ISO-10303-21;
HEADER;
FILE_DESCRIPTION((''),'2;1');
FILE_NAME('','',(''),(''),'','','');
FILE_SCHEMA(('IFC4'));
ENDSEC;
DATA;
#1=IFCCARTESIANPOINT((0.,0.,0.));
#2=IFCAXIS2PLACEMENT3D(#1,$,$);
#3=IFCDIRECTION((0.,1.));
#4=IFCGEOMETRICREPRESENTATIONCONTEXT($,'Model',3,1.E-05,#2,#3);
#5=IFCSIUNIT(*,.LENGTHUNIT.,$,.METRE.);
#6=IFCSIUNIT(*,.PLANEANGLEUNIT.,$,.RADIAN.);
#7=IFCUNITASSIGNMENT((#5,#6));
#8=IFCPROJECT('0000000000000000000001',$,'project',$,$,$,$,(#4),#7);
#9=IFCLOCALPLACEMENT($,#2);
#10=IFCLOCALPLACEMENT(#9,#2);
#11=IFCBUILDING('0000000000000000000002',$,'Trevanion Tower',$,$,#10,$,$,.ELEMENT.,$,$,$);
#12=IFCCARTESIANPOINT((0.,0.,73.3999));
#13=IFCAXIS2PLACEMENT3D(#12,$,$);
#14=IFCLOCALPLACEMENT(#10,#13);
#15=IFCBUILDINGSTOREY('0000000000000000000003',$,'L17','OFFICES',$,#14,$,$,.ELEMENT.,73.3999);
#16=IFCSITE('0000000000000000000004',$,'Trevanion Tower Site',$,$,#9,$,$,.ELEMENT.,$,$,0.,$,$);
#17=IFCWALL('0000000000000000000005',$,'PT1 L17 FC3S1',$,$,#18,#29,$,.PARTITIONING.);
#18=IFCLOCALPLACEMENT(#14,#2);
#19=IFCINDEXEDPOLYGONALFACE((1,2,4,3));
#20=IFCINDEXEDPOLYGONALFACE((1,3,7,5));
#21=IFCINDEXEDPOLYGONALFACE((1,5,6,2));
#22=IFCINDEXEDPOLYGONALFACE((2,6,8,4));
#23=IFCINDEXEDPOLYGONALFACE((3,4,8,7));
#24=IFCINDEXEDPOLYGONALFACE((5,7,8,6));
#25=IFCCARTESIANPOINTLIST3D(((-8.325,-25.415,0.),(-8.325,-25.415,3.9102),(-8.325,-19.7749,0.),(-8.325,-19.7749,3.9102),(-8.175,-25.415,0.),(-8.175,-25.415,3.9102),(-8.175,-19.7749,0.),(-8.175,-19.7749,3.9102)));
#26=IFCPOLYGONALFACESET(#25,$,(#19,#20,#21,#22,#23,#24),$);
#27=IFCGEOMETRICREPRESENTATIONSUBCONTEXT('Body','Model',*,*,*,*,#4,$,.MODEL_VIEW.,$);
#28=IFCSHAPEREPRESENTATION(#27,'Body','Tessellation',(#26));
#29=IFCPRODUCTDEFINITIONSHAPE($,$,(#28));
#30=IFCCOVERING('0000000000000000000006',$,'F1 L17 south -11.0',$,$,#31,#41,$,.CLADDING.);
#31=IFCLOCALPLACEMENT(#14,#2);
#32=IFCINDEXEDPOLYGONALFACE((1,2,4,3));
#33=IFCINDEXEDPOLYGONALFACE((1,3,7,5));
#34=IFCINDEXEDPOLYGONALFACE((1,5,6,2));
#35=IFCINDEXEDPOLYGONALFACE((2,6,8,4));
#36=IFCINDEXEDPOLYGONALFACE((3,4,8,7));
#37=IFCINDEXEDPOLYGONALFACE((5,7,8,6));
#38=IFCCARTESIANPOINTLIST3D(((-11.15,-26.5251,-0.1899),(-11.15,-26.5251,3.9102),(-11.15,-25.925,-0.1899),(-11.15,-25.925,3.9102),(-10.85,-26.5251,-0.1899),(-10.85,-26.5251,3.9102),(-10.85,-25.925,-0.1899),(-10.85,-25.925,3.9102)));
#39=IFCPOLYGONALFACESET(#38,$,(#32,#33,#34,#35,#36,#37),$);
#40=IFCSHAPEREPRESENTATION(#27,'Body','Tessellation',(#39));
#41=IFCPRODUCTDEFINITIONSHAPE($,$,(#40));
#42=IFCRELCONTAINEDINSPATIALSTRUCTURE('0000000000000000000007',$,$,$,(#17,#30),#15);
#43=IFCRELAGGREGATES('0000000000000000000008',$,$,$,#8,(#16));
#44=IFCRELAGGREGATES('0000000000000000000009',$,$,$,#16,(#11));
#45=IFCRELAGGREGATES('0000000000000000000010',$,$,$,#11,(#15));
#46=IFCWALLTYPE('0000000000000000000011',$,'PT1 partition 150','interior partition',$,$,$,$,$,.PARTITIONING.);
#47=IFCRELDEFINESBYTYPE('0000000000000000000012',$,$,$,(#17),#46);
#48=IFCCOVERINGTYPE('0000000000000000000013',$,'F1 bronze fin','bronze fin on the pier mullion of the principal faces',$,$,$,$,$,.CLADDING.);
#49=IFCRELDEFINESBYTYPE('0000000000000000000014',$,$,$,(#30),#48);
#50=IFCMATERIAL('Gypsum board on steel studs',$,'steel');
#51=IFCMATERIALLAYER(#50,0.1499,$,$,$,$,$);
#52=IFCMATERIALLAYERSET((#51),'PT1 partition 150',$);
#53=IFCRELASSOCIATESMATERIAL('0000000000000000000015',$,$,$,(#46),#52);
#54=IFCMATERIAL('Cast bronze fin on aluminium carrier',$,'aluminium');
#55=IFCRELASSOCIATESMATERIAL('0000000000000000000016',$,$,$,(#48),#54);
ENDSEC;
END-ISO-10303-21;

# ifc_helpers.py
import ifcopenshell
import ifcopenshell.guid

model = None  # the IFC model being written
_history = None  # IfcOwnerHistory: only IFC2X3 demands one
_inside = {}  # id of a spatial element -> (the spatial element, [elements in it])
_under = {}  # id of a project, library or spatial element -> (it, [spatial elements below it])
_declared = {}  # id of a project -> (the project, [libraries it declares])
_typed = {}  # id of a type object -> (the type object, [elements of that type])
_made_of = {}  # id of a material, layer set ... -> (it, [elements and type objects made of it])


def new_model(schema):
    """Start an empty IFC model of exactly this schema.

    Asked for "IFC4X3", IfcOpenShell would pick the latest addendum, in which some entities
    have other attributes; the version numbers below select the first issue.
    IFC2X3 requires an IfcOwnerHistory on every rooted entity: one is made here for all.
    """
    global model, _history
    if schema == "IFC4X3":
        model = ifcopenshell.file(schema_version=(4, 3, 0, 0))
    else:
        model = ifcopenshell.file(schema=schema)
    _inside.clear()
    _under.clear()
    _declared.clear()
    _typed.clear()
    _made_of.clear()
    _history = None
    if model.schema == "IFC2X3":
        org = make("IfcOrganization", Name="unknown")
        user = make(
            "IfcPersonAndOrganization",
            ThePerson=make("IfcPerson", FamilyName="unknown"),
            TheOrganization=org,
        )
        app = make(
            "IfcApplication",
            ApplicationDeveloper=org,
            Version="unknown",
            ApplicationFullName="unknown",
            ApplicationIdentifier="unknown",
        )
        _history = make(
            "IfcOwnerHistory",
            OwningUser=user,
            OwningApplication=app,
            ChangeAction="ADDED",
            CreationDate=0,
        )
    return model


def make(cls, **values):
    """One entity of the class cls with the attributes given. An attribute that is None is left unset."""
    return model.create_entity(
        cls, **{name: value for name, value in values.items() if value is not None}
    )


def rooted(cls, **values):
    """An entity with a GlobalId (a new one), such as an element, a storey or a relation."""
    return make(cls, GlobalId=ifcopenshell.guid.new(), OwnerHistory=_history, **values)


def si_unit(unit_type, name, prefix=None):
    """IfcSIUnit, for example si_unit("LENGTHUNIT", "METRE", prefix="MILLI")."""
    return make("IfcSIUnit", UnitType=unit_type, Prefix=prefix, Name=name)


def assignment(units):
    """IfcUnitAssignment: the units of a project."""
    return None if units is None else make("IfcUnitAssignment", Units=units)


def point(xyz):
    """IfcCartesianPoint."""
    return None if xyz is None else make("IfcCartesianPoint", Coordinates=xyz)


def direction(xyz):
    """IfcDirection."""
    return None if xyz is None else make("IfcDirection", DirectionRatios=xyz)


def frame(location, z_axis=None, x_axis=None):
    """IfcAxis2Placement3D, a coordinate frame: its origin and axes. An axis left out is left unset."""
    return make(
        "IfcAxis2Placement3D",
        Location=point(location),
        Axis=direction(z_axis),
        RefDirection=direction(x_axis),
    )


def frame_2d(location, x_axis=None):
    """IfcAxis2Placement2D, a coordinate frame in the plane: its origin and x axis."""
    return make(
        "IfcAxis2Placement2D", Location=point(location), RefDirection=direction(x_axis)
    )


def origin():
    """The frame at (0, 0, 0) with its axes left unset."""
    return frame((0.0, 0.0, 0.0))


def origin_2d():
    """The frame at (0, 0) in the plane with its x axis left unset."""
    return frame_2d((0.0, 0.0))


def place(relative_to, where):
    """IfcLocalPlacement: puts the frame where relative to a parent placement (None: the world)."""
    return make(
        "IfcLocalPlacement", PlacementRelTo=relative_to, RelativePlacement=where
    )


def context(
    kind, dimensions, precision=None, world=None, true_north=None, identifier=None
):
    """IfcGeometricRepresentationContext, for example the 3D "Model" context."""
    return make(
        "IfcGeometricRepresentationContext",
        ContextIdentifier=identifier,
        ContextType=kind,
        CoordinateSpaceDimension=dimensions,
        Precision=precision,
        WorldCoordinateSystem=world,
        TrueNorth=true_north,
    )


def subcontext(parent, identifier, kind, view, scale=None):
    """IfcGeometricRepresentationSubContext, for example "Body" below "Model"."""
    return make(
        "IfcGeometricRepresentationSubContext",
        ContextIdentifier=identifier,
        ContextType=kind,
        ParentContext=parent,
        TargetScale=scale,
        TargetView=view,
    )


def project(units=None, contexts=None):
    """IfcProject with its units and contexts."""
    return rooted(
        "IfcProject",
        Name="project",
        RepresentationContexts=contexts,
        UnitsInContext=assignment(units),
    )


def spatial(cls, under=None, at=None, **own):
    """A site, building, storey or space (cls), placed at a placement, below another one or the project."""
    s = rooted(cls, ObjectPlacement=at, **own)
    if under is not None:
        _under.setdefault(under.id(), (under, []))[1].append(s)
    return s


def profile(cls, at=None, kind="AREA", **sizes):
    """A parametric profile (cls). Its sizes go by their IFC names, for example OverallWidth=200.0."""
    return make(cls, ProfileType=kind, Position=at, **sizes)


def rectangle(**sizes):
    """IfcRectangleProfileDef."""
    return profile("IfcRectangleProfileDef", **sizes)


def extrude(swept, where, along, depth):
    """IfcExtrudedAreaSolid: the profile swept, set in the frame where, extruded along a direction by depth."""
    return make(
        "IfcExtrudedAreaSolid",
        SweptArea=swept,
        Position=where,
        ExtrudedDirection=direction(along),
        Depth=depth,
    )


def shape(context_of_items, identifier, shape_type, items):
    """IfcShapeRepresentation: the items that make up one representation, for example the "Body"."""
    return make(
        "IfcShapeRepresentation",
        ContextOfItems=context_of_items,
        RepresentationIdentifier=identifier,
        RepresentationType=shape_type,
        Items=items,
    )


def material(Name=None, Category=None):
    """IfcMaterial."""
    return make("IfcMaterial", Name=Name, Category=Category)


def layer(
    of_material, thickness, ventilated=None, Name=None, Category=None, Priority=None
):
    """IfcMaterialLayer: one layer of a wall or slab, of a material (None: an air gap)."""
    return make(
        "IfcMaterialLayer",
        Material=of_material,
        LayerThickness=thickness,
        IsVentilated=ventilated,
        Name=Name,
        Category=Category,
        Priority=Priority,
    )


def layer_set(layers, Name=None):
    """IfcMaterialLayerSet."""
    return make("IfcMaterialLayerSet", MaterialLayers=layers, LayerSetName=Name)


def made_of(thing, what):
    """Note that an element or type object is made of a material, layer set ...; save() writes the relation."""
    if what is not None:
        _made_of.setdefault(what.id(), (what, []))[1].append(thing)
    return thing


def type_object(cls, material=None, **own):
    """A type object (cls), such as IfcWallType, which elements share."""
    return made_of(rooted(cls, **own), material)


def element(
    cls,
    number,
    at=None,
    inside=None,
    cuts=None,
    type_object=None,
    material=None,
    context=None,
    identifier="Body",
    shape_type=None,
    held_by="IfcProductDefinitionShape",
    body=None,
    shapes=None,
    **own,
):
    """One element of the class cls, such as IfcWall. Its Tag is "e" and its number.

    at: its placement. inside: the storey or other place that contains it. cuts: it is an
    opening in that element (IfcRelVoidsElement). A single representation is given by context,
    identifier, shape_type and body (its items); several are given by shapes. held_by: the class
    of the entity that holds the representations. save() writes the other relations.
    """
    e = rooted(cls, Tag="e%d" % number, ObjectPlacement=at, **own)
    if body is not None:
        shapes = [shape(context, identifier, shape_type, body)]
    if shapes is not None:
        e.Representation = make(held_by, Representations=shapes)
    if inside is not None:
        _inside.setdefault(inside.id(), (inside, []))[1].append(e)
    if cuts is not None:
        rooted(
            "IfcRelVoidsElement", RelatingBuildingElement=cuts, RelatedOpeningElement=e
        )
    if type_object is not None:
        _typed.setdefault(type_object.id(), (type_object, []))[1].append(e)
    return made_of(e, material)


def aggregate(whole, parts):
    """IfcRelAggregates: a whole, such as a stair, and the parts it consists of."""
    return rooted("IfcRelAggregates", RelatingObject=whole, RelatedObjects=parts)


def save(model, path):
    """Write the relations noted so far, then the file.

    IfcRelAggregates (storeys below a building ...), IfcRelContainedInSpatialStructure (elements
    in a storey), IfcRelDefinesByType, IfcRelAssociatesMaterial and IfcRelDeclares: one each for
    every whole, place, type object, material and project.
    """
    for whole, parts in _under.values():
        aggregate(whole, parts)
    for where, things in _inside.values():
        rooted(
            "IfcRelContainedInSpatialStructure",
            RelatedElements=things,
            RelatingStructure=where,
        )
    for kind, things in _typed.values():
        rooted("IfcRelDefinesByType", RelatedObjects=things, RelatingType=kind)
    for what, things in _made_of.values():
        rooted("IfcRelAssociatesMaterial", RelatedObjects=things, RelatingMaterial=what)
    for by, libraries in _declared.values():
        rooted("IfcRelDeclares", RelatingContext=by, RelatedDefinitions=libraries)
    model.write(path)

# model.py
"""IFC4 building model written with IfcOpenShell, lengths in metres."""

from ifc_helpers import new_model, si_unit, direction, frame, frame_2d, origin, origin_2d, place, context, subcontext, project, spatial, rectangle, extrude, material, layer, layer_set, type_object, element, save


model = new_model("IFC4")

# Units and contexts
model_context = context("Model", 3, precision=1e-05, world=origin(), true_north=direction((0.0, 1.0)))
body_context = subcontext(model_context, "Body", "Model", "MODEL_VIEW")
ifc_project = project(units=[si_unit("LENGTHUNIT", "METRE"), si_unit("PLANEANGLEUNIT", "RADIAN")], contexts=[model_context])

# Site, building, storey
site_placement = place(None, origin())
site = spatial("IfcSite", under=ifc_project, at=site_placement, Name="Trevanion Tower Site", CompositionType="ELEMENT", RefElevation=0.0)
building_placement = place(site_placement, origin())
building = spatial("IfcBuilding", under=site, at=building_placement, Name="Trevanion Tower", CompositionType="ELEMENT")
storey_placement = place(building_placement, frame((0.0, 0.0, 73.3999)))
storey = spatial("IfcBuildingStorey", under=building, at=storey_placement, Name="L17", Description="OFFICES", CompositionType="ELEMENT", Elevation=73.3999)

# Shared definitions
ifc_material_1 = material(Name="Gypsum board on steel studs", Category="steel")
ifc_layer_1 = layer(ifc_material_1, 0.1499)
ifc_layer_set_1 = layer_set([ifc_layer_1], Name="PT1 partition 150")
wall_type = type_object("IfcWallType", Name="PT1 partition 150", Description="interior partition", PredefinedType="PARTITIONING", material=ifc_layer_set_1)

# Wall
wall_1_placement = place(storey_placement, frame((-8.25, -19.7749, 0.0), z_axis=(0.0, 0.0, 1.0), x_axis=(0.0, -1.0, 0.0)))
element("IfcWall", 1, at=wall_1_placement, inside=storey, type_object=wall_type, Name="PT1 L17 FC3S1", PredefinedType="PARTITIONING", context=body_context, shape_type="SweptSolid", body=[
    extrude(rectangle(XDim=5.6401, YDim=0.1499, at=frame_2d((2.8201, 0.0))), origin(), (0.0, 0.0, 1.0), 3.9102),
])

# Covering
ifc_material_2 = material(Name="Cast bronze fin on aluminium carrier", Category="aluminium")
covering_type = type_object("IfcCoveringType", Name="F1 bronze fin", Description="bronze fin on the pier mullion of the principal faces", PredefinedType="CLADDING", material=ifc_material_2)
covering_placement = place(storey_placement, frame((-11.0, -26.2251, -0.1899), z_axis=(0.0, 0.0, 1.0), x_axis=(1.0, 0.0, 0.0)))
element("IfcCovering", 2, at=covering_placement, inside=storey, type_object=covering_type, Name="F1 L17 south -11.0", PredefinedType="CLADDING", context=body_context, shape_type="SweptSolid", body=[
    extrude(rectangle(XDim=0.3, YDim=0.6001, at=origin_2d()), origin(), (0.0, 0.0, 1.0), 4.1001),
])

save(model, "model.ifc")
